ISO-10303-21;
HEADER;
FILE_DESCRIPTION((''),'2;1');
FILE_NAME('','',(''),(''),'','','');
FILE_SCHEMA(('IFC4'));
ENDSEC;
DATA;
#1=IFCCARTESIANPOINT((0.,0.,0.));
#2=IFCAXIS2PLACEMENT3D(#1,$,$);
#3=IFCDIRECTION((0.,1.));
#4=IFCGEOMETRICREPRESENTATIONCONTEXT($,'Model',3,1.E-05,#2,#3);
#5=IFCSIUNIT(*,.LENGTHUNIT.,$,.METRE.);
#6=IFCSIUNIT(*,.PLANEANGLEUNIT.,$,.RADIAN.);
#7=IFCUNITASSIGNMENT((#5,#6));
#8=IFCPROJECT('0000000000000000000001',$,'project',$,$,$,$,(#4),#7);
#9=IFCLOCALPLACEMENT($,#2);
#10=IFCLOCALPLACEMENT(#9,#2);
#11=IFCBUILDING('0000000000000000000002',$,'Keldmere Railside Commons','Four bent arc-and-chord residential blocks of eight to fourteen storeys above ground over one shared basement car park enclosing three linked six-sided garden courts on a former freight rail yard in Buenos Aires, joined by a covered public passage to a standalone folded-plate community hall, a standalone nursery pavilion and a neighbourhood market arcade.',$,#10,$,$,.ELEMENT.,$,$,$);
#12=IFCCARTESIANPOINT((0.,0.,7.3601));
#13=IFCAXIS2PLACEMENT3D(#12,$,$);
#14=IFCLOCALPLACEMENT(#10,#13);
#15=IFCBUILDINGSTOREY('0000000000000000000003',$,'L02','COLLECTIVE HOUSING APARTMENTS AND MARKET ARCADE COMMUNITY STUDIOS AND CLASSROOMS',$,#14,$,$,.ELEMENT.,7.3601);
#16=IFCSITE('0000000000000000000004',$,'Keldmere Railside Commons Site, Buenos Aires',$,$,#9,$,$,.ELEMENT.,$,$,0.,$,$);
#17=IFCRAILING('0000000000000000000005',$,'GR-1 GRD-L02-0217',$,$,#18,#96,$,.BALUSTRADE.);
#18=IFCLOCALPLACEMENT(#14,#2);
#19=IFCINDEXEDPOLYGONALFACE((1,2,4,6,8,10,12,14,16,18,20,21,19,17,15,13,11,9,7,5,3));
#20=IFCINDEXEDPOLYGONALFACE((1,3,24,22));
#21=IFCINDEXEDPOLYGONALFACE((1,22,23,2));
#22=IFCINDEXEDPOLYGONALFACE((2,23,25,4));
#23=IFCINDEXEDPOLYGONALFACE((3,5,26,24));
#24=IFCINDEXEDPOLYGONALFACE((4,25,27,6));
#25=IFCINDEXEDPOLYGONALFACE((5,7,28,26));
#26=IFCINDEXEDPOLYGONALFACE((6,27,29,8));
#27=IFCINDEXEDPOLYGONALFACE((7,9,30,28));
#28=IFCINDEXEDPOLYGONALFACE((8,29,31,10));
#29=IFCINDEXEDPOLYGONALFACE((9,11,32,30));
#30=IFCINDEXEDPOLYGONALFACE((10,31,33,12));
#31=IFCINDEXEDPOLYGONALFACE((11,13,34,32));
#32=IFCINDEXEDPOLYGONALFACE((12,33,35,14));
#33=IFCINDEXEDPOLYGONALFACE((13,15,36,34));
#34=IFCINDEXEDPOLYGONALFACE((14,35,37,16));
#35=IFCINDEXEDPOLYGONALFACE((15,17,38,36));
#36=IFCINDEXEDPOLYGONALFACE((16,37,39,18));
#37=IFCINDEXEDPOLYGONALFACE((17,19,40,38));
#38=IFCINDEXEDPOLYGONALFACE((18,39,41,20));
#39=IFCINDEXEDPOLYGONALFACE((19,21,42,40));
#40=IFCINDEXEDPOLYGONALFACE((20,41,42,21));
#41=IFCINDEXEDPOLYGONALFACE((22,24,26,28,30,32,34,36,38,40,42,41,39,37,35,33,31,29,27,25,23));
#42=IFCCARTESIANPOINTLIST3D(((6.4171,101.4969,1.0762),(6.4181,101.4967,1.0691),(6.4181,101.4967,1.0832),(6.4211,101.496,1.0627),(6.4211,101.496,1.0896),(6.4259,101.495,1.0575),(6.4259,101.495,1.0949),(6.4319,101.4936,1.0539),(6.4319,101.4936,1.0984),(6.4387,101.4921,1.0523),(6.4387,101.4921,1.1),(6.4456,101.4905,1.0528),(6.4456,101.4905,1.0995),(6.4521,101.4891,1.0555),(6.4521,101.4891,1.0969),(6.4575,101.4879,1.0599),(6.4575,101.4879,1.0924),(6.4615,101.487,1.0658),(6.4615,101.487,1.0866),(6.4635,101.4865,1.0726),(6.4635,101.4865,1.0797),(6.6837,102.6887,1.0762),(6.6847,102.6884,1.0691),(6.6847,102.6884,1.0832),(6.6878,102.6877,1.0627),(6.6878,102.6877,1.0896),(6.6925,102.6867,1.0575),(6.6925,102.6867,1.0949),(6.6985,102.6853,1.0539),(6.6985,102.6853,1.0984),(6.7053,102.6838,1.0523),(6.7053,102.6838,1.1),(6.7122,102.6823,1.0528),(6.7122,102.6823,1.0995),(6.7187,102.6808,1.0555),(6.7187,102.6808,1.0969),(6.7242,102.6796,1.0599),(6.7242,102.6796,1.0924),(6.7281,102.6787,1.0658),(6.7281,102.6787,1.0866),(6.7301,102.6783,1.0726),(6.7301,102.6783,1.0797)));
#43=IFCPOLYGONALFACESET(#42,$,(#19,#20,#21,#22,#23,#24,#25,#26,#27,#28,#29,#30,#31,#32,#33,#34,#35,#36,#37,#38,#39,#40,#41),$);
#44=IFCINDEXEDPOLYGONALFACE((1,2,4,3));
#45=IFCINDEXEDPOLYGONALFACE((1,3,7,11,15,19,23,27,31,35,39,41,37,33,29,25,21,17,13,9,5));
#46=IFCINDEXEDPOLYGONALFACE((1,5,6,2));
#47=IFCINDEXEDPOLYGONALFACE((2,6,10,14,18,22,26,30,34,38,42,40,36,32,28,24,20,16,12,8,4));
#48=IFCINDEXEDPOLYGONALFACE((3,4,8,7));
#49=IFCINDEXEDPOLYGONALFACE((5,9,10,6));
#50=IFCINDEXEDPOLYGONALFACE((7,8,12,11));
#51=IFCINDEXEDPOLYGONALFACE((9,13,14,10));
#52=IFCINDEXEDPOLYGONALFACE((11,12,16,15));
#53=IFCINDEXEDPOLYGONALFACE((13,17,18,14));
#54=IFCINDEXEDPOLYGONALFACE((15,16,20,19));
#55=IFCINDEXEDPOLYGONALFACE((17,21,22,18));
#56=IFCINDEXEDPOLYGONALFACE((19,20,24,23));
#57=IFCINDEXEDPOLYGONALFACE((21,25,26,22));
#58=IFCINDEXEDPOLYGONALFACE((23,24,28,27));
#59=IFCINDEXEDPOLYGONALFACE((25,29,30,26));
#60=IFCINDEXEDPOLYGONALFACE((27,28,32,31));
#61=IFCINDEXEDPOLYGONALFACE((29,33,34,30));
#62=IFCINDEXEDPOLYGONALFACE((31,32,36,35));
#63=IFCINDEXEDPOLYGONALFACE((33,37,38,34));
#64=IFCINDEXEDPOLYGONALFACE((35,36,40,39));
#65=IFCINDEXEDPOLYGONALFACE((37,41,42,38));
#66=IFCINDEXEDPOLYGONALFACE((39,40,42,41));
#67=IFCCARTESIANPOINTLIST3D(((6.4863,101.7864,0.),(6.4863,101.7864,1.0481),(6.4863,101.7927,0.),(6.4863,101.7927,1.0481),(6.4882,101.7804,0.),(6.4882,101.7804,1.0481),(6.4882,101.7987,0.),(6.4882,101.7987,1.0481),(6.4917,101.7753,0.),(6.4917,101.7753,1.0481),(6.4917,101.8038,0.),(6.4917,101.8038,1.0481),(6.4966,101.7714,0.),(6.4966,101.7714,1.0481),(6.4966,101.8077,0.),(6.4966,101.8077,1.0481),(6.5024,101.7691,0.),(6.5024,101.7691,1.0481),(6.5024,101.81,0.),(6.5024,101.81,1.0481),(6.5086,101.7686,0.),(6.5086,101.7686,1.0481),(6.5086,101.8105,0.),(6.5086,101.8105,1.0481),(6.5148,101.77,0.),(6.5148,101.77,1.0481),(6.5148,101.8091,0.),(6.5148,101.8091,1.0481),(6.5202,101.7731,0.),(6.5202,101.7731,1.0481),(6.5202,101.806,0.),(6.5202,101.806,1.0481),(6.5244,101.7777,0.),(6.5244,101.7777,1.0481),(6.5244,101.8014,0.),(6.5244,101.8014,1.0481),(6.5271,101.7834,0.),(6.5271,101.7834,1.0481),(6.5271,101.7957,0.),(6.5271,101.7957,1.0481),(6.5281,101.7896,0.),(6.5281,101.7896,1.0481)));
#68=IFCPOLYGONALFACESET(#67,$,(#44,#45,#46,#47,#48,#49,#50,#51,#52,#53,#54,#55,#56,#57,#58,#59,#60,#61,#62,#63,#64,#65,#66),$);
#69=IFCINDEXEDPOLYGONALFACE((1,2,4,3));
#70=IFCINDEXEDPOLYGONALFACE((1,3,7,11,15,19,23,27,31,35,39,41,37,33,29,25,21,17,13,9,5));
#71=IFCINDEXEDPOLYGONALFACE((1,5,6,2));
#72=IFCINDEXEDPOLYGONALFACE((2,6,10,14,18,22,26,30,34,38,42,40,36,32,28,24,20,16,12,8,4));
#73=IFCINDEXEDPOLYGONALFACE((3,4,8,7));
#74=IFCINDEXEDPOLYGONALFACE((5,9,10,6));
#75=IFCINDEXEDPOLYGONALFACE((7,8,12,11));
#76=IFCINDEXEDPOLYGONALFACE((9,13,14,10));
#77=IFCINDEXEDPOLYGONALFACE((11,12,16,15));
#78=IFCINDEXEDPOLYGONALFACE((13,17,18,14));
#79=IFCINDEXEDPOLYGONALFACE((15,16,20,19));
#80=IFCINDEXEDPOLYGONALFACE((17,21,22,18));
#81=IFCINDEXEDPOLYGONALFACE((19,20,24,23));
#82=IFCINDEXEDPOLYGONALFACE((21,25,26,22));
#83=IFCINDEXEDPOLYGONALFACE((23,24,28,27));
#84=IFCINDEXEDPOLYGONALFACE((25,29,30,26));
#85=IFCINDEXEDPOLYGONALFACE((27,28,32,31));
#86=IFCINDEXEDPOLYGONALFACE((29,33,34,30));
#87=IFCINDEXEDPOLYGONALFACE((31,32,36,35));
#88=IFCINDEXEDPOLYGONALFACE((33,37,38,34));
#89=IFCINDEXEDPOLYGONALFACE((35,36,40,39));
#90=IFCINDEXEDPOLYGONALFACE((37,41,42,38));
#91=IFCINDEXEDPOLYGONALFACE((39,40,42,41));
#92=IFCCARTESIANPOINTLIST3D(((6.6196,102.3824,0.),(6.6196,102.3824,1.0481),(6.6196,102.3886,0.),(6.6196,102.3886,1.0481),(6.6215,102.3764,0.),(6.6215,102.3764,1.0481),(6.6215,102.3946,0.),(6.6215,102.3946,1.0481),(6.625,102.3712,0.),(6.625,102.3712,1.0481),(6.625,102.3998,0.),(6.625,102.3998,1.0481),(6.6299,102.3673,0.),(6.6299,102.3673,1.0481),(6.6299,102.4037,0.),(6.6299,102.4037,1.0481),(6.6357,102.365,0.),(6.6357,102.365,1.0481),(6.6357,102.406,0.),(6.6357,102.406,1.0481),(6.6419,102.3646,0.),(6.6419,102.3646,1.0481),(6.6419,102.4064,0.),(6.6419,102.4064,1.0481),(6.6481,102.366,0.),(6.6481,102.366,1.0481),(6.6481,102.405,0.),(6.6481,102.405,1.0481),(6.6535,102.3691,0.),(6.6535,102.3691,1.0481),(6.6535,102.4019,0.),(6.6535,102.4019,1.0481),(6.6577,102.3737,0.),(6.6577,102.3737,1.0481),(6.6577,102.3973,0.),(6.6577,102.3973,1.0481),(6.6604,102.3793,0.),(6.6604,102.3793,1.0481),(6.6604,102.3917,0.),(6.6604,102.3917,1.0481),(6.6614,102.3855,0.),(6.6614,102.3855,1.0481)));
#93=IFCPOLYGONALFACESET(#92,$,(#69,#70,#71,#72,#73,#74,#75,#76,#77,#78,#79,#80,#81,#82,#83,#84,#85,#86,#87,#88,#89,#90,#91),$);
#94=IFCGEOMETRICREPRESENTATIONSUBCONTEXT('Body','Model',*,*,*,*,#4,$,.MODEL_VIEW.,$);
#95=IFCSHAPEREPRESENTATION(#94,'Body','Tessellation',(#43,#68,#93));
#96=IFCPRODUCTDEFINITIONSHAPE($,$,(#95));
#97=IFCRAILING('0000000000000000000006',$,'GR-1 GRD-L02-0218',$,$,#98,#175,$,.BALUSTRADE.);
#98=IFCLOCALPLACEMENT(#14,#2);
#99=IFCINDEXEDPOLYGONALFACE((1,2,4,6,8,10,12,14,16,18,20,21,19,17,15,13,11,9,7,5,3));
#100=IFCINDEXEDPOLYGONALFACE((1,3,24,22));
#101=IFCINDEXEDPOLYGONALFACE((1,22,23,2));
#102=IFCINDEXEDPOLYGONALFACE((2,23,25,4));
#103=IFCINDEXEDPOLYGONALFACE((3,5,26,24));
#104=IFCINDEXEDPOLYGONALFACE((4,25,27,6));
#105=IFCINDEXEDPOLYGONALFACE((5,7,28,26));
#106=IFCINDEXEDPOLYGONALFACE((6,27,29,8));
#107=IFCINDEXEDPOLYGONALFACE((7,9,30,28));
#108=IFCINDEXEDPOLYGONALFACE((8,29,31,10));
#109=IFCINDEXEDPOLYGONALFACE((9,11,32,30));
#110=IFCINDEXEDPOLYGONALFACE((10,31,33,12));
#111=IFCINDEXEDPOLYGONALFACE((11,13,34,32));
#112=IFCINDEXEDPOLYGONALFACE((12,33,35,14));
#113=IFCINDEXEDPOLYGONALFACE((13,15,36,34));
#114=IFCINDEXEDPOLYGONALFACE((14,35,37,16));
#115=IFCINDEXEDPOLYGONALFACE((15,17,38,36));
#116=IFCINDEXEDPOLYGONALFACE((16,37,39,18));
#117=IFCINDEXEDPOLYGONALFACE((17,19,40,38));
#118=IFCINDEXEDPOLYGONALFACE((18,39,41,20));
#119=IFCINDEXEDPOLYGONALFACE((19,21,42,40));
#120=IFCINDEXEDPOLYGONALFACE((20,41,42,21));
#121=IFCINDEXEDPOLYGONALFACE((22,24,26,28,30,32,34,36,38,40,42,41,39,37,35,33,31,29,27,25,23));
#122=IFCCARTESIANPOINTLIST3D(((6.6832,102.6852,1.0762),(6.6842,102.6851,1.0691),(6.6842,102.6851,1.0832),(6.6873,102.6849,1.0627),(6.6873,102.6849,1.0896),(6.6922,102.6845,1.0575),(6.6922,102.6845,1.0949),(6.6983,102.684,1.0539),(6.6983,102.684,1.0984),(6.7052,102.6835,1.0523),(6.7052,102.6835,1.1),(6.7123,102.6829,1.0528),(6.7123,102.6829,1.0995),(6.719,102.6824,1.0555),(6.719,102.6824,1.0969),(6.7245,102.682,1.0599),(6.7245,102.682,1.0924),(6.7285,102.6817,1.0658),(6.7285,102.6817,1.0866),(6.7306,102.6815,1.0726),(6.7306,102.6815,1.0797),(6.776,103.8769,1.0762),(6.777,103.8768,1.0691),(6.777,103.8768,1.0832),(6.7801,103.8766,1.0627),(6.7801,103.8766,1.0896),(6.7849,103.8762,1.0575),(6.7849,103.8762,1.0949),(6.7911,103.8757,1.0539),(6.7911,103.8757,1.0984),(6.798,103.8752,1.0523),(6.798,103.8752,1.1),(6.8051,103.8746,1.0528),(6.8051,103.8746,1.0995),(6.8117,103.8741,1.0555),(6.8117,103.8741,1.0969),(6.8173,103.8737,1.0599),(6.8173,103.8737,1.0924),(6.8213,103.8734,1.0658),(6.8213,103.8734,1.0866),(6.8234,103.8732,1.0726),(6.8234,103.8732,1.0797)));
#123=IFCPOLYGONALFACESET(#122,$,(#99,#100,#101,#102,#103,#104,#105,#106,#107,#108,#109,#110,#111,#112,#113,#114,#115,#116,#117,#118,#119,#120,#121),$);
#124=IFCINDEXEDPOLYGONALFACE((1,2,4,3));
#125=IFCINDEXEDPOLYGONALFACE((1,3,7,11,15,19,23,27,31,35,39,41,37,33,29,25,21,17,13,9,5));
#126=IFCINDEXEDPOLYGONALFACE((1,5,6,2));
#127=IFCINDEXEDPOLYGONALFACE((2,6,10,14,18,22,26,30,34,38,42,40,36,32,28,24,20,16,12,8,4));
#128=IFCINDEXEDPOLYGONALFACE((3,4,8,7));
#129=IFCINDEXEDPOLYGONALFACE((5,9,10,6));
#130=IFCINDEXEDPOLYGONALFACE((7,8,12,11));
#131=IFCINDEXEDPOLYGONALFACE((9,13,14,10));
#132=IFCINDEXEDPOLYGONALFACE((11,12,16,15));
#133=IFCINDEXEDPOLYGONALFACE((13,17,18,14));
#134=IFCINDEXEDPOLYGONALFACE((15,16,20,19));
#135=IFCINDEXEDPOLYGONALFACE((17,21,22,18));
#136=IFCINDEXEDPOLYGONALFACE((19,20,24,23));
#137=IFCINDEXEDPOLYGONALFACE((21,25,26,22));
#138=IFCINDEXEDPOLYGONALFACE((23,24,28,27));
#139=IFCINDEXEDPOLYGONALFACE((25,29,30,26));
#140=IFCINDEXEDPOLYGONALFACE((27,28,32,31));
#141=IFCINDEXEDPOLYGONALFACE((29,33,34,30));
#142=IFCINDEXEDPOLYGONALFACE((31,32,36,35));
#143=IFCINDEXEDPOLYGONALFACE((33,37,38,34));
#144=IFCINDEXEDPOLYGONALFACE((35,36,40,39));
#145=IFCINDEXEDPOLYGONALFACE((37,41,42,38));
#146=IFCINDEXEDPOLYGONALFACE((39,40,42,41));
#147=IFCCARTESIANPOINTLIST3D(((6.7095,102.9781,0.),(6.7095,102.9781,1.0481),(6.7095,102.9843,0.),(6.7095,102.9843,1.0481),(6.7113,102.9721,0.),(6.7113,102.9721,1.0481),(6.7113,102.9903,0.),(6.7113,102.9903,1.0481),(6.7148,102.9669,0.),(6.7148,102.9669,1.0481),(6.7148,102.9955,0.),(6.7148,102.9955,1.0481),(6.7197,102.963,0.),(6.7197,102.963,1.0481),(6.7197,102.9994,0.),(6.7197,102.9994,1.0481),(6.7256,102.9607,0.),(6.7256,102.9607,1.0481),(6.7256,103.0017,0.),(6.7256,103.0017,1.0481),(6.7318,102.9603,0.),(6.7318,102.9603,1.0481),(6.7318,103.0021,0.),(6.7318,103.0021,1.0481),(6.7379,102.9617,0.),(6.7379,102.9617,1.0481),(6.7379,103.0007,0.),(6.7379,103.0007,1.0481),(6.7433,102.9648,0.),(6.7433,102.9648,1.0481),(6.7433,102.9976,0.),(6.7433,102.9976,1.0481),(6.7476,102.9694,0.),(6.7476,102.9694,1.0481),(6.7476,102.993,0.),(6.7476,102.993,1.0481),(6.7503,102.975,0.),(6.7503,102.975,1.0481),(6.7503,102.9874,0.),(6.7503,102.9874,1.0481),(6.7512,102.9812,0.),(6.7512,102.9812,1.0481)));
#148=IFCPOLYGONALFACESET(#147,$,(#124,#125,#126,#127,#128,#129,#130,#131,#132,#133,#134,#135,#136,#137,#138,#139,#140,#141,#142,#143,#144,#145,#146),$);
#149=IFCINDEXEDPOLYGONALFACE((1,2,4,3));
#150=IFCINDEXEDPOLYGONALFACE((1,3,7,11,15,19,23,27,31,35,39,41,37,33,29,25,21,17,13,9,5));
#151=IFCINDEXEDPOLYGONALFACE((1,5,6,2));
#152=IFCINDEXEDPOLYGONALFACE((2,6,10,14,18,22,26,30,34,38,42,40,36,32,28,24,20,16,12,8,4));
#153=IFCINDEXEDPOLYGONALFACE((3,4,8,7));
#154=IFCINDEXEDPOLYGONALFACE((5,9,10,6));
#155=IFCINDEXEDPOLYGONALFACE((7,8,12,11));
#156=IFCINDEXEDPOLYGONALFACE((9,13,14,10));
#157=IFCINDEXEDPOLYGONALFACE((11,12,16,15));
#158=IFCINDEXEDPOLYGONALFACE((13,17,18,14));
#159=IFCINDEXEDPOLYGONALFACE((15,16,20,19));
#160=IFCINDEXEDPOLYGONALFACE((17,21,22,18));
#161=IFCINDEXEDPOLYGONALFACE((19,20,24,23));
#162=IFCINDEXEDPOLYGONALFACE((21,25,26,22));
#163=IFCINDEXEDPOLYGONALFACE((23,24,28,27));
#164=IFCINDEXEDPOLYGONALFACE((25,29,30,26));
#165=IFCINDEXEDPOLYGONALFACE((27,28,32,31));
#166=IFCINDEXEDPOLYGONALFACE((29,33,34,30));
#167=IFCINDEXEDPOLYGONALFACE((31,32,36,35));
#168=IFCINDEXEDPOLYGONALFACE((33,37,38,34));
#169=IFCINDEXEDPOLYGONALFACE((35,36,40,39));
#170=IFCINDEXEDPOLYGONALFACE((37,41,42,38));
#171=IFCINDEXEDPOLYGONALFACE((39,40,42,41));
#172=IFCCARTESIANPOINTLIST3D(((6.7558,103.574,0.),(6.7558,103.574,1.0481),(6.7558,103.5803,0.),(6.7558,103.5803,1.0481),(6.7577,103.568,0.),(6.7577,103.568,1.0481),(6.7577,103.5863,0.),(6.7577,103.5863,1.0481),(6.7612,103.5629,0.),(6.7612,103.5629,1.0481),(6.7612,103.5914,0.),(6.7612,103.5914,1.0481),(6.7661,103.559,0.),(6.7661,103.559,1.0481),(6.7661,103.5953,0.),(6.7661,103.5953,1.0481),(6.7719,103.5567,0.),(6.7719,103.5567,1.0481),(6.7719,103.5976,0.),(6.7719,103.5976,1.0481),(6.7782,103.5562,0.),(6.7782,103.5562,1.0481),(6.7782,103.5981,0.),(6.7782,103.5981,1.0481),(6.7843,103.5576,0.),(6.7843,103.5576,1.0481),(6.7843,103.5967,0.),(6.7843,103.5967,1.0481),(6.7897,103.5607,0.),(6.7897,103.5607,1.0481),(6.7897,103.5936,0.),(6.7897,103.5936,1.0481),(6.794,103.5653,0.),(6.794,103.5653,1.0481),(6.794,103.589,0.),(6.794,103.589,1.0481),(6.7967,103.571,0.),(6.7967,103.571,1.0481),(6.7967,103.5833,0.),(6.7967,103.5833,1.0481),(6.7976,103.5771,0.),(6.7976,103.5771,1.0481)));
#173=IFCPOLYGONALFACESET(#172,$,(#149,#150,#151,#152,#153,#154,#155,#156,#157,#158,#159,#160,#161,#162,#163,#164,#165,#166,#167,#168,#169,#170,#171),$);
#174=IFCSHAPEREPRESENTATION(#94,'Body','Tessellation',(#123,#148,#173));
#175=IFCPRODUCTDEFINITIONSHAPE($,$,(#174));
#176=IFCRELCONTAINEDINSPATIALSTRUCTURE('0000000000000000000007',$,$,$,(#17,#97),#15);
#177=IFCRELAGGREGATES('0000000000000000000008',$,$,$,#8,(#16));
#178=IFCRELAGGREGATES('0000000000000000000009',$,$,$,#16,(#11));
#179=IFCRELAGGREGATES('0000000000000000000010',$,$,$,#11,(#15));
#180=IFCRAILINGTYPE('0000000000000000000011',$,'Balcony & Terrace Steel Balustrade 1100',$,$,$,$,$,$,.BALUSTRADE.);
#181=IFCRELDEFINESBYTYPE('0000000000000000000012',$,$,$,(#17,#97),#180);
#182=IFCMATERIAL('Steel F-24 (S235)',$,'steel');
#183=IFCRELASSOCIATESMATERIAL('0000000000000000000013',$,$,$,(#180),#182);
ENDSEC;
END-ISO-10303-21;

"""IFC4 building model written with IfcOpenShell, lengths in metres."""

from ifc_helpers import new_model, si_unit, direction, frame, origin, origin_2d, place, context, subcontext, project, spatial, circle, extrude, material, type_object, element, save


model = new_model("IFC4")

# Units and contexts
model_context = context("Model", 3, precision=1e-05, world=origin(), true_north=direction((0.0, 1.0)))
body_context = subcontext(model_context, "Body", "Model", "MODEL_VIEW")
ifc_project = project(units=[si_unit("LENGTHUNIT", "METRE"), si_unit("PLANEANGLEUNIT", "RADIAN")], contexts=[model_context])

# Site, building, storey
site_placement = place(None, origin())
site = spatial("IfcSite", under=ifc_project, at=site_placement, Name="Keldmere Railside Commons Site, Buenos Aires", CompositionType="ELEMENT", RefElevation=0.0)
building_placement = place(site_placement, origin())
building = spatial("IfcBuilding", under=site, at=building_placement, Name="Keldmere Railside Commons", Description="Four bent arc-and-chord residential blocks of eight to fourteen storeys above ground over one shared basement car park enclosing three linked six-sided garden courts on a former freight rail yard in Buenos Aires, joined by a covered public passage to a standalone folded-plate community hall, a standalone nursery pavilion and a neighbourhood market arcade.", CompositionType="ELEMENT")
storey_placement = place(building_placement, frame((0.0, 0.0, 7.3601)))
storey = spatial("IfcBuildingStorey", under=building, at=storey_placement, Name="L02", Description="COLLECTIVE HOUSING APARTMENTS AND MARKET ARCADE COMMUNITY STUDIOS AND CLASSROOMS", CompositionType="ELEMENT", Elevation=7.3601)

# Shared definitions
ifc_material_1 = material(Name="Steel F-24 (S235)", Category="steel")

# Railings
railing_type = type_object("IfcRailingType", Name="Balcony & Terrace Steel Balustrade 1100", PredefinedType="BALUSTRADE", material=ifc_material_1)
railing_1_placement = place(storey_placement, frame((6.4404, 101.4917, 0.0)))
element("IfcRailing", 1, at=railing_1_placement, inside=storey, type_object=railing_type, Name="GR-1 GRD-L02-0217", PredefinedType="BALUSTRADE", context=body_context, shape_type="SweptSolid", body=[
    extrude(circle(Radius=0.0239, at=origin_2d()), frame((0.0, 0.0, 1.0762), z_axis=(0.218327, 0.975876, 0.0), x_axis=(-0.975876, 0.218327, 0.0)), (0.0, 0.0, 1.0), 1.2212),
    extrude(circle(Radius=0.021, at=origin_2d()), frame((0.0667, 0.2979, 0.0)), (0.0, 0.0, 1.0), 1.0481),
    extrude(circle(Radius=0.021, at=origin_2d()), frame((0.2, 0.8938, 0.0)), (0.0, 0.0, 1.0), 1.0481),
])
railing_2_placement = place(storey_placement, frame((6.707, 102.6833, 0.0)))
element("IfcRailing", 2, at=railing_2_placement, inside=storey, type_object=railing_type, Name="GR-1 GRD-L02-0218", PredefinedType="BALUSTRADE", context=body_context, shape_type="SweptSolid", body=[
    extrude(circle(Radius=0.0239, at=origin_2d()), frame((0.0, 0.0, 1.0762), z_axis=(0.077618, 0.996983, 0.0), x_axis=(-0.996983, 0.077618, 0.0)), (0.0, 0.0, 1.0), 1.1953),
    extrude(circle(Radius=0.021, at=origin_2d()), frame((0.0232, 0.2979, 0.0)), (0.0, 0.0, 1.0), 1.0481),
    extrude(circle(Radius=0.021, at=origin_2d()), frame((0.0696, 0.8938, 0.0)), (0.0, 0.0, 1.0), 1.0481),
])

save(model, "model.ifc")
